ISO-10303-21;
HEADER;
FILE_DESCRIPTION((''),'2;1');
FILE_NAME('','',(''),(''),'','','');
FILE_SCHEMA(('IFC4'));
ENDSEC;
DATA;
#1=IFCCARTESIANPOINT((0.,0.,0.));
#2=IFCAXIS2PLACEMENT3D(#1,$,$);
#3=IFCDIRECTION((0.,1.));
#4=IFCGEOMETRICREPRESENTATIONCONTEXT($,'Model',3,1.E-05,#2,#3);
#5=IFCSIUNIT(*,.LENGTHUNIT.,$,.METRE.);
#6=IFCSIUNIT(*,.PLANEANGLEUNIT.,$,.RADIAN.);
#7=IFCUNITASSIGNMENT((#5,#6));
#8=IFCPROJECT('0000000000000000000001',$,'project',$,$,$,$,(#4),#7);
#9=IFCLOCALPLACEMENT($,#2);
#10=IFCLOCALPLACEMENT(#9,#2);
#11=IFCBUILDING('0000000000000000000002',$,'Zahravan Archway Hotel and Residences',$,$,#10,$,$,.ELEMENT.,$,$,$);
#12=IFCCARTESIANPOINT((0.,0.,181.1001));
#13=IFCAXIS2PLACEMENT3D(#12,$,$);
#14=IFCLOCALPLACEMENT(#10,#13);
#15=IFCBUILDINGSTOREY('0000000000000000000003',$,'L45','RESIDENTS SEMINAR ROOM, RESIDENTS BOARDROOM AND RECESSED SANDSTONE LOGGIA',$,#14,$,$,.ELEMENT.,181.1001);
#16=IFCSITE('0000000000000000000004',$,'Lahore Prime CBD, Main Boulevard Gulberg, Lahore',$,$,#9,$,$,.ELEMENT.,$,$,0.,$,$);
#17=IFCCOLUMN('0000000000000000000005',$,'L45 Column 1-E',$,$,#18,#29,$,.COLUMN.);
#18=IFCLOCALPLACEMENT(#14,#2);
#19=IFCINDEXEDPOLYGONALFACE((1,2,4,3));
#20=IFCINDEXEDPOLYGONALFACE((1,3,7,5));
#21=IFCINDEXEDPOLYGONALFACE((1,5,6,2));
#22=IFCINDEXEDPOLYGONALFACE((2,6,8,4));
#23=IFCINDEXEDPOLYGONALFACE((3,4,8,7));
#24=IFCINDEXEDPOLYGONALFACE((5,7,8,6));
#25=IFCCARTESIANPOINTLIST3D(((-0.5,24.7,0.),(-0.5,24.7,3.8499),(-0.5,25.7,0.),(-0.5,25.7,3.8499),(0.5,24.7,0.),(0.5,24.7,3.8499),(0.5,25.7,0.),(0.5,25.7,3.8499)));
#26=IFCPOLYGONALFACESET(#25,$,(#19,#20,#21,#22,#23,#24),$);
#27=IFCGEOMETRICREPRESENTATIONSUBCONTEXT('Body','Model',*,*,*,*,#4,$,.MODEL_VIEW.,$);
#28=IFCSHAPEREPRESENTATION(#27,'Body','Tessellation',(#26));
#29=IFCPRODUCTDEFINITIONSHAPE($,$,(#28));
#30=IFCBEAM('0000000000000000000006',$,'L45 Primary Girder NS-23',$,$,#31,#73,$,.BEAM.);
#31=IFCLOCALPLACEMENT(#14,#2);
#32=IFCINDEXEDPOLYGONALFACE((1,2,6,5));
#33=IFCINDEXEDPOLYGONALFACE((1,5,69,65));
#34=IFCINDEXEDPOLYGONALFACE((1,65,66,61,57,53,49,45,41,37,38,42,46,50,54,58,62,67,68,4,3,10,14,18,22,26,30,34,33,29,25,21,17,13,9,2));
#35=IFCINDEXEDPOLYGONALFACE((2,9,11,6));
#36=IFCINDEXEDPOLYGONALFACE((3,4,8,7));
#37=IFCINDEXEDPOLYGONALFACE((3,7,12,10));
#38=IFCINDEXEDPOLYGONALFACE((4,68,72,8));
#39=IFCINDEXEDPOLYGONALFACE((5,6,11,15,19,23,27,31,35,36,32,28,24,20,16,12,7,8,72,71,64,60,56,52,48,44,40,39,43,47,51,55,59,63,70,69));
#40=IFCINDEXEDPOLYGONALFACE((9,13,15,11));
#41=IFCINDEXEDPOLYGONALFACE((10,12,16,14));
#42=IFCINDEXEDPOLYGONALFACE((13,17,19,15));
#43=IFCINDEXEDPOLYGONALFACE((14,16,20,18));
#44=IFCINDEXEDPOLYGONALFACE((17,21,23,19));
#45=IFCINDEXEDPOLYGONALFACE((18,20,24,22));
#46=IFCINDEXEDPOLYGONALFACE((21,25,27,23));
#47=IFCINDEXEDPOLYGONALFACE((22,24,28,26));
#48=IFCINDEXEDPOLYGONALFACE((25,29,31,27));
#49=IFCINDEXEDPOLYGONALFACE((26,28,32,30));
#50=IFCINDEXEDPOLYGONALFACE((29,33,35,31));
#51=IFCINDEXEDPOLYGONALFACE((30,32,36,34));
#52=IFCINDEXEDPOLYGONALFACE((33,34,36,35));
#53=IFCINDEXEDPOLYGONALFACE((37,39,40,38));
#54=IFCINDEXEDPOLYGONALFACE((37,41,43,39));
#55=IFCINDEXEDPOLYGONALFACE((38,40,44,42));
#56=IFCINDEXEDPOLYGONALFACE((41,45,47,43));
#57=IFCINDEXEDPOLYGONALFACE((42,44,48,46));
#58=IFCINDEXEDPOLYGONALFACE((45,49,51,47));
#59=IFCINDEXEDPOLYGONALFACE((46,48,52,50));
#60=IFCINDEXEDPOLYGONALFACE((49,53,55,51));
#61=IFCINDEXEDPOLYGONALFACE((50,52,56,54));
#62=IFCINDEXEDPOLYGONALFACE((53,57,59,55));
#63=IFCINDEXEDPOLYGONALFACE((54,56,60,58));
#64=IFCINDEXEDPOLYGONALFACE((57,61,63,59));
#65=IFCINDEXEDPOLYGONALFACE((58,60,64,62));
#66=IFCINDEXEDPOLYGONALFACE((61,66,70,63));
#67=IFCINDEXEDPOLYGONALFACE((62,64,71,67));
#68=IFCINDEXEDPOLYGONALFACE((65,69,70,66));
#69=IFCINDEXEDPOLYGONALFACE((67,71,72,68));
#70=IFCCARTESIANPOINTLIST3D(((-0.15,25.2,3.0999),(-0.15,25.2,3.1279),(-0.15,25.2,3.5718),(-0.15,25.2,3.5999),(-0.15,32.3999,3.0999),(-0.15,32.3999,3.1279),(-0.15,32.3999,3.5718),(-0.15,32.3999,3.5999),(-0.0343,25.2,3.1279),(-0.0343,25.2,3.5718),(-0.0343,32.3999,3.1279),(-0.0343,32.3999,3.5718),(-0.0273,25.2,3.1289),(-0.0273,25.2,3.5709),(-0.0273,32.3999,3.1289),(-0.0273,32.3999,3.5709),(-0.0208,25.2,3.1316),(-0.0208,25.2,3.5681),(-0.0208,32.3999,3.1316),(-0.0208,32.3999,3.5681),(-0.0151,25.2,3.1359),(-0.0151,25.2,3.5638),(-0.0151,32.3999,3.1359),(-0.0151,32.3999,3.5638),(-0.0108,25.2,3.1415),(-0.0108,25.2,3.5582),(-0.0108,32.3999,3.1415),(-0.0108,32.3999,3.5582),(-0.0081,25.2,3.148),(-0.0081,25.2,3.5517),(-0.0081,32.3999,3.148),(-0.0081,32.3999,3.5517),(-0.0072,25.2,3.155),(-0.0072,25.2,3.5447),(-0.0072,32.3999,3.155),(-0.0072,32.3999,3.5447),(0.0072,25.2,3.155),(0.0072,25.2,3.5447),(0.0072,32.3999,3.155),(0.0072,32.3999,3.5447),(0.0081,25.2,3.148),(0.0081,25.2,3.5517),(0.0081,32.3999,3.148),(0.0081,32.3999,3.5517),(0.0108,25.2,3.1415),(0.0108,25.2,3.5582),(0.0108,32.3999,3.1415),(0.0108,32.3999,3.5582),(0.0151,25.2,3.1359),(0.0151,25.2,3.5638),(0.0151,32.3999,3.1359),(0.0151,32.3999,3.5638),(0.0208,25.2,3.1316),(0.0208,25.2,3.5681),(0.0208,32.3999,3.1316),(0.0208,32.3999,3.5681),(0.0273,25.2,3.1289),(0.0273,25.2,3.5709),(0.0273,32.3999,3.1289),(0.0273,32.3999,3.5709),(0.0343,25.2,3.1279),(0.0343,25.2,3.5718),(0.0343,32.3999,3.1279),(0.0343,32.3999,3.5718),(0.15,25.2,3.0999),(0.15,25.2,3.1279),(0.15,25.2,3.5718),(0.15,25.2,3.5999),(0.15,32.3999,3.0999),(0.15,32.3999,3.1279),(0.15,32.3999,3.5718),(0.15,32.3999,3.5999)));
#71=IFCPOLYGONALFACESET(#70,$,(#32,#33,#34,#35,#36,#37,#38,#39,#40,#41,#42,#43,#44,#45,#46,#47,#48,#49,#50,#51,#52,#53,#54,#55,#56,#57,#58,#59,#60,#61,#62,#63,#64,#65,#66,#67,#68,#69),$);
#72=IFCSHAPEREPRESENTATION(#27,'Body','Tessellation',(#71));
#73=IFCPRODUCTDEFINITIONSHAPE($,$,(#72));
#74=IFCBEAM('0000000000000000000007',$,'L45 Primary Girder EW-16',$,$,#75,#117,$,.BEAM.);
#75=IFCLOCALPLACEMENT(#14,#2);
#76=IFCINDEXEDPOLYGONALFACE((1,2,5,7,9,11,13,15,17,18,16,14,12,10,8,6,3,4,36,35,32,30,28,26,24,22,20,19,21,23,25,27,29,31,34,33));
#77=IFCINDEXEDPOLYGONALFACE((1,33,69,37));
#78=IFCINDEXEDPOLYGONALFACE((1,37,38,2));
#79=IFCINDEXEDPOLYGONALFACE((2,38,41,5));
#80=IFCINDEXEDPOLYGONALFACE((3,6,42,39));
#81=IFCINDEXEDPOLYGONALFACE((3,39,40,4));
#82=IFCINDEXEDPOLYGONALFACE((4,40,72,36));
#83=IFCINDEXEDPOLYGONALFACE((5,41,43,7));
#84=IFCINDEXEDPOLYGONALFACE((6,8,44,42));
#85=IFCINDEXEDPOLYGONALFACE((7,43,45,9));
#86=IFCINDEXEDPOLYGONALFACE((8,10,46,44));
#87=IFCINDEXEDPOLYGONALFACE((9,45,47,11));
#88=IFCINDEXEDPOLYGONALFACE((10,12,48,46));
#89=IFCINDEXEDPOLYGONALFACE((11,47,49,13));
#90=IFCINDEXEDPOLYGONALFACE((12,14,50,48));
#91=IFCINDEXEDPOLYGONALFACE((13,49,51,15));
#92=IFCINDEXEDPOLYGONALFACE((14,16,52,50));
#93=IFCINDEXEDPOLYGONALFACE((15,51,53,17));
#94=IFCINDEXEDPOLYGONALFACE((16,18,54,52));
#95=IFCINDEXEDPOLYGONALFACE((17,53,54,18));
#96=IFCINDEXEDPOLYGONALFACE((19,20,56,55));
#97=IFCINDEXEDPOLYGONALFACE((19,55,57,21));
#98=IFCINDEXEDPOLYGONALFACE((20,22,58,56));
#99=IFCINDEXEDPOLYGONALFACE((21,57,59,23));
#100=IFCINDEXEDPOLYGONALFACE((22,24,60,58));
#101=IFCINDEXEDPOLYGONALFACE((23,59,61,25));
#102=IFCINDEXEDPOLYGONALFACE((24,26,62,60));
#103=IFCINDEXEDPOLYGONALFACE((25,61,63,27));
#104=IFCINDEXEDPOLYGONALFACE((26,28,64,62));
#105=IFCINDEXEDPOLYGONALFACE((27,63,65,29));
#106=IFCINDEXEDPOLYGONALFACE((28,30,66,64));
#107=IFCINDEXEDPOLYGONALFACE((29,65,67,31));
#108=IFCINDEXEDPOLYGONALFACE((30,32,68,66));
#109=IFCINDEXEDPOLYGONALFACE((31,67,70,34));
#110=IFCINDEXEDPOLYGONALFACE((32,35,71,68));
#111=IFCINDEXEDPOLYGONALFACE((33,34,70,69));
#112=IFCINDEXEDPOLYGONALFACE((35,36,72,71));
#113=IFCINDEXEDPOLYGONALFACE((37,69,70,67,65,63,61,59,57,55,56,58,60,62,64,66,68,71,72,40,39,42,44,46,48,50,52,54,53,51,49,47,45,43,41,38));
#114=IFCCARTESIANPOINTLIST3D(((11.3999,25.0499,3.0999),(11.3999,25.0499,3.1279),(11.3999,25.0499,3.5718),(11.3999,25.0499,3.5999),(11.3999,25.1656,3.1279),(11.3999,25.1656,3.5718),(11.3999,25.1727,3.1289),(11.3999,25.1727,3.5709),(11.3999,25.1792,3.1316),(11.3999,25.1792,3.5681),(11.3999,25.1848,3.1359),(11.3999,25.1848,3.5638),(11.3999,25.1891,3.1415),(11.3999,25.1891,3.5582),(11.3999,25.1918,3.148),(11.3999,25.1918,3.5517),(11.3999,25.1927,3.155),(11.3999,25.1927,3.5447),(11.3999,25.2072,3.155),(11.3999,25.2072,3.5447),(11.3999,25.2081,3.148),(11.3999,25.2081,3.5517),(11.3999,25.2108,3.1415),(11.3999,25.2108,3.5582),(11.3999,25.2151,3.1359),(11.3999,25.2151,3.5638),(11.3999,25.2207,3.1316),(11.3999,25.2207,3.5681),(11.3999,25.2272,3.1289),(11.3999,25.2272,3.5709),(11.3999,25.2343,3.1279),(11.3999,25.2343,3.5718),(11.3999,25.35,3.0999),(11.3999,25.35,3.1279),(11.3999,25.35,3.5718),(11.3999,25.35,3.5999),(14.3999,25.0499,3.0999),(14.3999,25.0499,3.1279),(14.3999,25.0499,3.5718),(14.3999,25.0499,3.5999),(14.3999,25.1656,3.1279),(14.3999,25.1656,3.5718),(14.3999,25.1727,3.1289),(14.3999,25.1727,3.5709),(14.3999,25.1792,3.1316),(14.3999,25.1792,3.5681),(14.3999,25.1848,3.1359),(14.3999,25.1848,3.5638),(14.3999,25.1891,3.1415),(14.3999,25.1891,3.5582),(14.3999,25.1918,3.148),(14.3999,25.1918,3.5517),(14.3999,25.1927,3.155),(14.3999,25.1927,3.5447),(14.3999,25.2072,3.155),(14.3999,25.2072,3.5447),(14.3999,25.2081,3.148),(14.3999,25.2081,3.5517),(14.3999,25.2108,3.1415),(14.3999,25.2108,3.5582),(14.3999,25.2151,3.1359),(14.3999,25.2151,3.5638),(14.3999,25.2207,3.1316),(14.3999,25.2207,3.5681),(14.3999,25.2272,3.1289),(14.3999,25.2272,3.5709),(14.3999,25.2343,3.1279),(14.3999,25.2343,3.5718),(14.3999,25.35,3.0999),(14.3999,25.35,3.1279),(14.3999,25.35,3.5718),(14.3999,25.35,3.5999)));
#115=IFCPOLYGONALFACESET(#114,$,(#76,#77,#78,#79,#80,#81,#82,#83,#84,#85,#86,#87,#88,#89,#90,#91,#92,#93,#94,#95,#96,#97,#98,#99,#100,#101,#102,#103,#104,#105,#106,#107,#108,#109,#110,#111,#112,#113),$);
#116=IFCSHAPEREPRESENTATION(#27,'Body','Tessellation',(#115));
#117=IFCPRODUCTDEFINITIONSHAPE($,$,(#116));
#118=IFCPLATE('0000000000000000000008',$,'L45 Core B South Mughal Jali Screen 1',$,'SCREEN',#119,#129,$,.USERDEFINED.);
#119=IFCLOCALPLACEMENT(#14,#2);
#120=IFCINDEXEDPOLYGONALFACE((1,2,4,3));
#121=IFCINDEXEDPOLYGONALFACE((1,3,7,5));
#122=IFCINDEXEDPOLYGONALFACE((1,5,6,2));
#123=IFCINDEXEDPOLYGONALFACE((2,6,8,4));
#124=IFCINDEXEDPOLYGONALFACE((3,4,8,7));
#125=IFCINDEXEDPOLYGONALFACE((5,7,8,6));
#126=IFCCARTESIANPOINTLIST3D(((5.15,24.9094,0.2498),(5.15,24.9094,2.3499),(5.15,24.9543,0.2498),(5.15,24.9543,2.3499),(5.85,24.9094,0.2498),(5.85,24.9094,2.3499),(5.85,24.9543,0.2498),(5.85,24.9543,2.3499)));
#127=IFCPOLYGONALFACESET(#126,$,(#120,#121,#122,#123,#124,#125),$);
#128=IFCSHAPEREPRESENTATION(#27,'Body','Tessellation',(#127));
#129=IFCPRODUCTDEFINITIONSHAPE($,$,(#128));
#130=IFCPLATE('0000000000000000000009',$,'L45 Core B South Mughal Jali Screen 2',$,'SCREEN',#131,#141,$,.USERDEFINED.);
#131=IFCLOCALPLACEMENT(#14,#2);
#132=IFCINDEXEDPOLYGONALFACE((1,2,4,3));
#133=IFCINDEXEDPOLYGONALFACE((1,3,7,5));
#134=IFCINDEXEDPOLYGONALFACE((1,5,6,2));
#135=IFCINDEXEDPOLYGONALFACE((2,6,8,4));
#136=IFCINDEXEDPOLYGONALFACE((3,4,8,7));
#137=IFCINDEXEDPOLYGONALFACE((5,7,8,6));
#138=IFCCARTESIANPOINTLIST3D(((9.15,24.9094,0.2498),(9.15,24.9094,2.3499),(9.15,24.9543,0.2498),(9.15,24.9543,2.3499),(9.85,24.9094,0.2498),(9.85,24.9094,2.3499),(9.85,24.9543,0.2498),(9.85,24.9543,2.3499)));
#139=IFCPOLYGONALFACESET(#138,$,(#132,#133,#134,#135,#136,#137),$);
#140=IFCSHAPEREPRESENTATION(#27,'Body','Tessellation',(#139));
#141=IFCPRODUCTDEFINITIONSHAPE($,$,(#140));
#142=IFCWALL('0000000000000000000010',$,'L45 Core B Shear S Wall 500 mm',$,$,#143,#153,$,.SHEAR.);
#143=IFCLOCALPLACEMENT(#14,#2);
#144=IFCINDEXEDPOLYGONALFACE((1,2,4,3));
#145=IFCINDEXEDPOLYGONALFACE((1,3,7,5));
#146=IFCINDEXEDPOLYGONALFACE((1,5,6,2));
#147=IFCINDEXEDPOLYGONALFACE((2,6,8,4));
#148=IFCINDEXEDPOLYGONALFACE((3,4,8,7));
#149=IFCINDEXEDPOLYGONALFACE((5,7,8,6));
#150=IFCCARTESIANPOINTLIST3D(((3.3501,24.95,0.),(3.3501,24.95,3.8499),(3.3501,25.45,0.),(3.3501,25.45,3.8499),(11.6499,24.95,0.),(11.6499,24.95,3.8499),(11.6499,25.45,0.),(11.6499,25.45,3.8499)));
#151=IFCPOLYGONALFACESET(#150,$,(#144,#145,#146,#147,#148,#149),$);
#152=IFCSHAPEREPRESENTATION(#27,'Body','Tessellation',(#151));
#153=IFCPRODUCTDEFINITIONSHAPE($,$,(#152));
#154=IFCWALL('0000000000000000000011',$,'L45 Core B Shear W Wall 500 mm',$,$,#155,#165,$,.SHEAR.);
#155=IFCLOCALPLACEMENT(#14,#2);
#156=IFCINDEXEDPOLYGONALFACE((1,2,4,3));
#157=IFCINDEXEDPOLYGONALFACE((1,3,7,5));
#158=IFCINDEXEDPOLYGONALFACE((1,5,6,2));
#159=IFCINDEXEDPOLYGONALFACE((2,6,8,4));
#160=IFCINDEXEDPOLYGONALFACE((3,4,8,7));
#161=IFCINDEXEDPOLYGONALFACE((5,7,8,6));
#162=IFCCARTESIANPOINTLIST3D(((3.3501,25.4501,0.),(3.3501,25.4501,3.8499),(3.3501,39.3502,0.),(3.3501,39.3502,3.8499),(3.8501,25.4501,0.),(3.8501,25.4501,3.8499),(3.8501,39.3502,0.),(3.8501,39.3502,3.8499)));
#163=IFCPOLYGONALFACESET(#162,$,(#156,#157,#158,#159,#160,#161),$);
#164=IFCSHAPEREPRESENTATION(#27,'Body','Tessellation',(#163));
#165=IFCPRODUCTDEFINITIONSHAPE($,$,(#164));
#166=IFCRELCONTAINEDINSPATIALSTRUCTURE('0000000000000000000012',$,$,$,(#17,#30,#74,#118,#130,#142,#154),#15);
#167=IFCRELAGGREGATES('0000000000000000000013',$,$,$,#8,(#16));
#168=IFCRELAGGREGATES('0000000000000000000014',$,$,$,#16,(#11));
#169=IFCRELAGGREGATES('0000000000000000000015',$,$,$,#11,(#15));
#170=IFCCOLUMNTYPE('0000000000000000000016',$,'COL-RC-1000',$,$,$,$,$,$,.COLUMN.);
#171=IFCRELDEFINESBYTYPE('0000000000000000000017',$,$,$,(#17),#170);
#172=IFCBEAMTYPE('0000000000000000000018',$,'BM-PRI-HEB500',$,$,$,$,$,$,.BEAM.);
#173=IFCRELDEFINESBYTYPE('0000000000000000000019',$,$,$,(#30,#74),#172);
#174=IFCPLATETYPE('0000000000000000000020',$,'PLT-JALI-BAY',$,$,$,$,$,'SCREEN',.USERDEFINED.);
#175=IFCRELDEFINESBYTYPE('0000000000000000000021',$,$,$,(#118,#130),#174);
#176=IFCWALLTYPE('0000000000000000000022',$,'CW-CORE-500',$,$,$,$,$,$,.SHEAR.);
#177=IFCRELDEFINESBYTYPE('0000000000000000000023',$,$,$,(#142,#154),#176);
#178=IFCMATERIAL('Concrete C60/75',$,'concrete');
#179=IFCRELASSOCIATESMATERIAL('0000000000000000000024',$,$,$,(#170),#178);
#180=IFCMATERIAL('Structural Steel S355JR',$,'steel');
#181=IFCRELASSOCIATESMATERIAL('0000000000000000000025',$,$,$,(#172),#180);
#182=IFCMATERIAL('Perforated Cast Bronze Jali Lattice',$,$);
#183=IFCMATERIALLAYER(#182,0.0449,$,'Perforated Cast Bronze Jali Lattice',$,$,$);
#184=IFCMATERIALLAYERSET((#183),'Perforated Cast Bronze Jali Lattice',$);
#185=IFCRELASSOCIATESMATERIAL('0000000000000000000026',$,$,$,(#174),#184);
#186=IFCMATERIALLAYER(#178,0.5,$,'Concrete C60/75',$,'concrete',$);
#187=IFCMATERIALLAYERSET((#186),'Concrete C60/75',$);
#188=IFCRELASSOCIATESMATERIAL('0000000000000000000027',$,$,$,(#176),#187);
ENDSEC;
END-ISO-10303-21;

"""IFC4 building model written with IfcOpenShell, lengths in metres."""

from ifc_helpers import new_model, si_unit, direction, frame, frame_2d, origin, origin_2d, place, context, subcontext, project, spatial, rectangle, i_section, extrude, source, transform, mapped, material, layer, layer_set, material_profile, profile_set, type_object, type_shapes, element, save


model = new_model("IFC4")

# Units and contexts
model_context = context("Model", 3, precision=1e-05, world=origin(), true_north=direction((0.0, 1.0)))
body_context = subcontext(model_context, "Body", "Model", "MODEL_VIEW")
ifc_project = project(units=[si_unit("LENGTHUNIT", "METRE"), si_unit("PLANEANGLEUNIT", "RADIAN")], contexts=[model_context])

# Site, building, storey
site_placement = place(None, origin())
site = spatial("IfcSite", under=ifc_project, at=site_placement, Name="Lahore Prime CBD, Main Boulevard Gulberg, Lahore", CompositionType="ELEMENT", RefElevation=0.0)
building_placement = place(site_placement, origin())
building = spatial("IfcBuilding", under=site, at=building_placement, Name="Zahravan Archway Hotel and Residences", CompositionType="ELEMENT")
storey_placement = place(building_placement, frame((0.0, 0.0, 181.1001)))
storey = spatial("IfcBuildingStorey", under=building, at=storey_placement, Name="L45", Description="RESIDENTS SEMINAR ROOM, RESIDENTS BOARDROOM AND RECESSED SANDSTONE LOGGIA", CompositionType="ELEMENT", Elevation=181.1001)

# Column
ifc_material_1 = material(Name="Concrete C60/75", Category="concrete")
ifc_material_profile_1 = material_profile(ifc_material_1, rectangle(XDim=1.0, YDim=1.0, at=origin_2d()), Name="RC-COL-1000x1000", Category="concrete")
ifc_profile_set_1 = profile_set([ifc_material_profile_1], Name="Concrete C60/75")
column_type = type_object("IfcColumnType", Name="COL-RC-1000", PredefinedType="COLUMN", material=ifc_profile_set_1)
shared_shape_1 = source(origin(), body_context, "Body", "SweptSolid", [
    extrude(rectangle(XDim=1.0, YDim=1.0, at=origin_2d()), origin(), (0.0, 0.0, 1.0), 3.8499),
])
column_placement = place(storey_placement, frame((0.0, 25.2, 0.0), z_axis=(0.0, 0.0, 1.0), x_axis=(1.0, 0.0, 0.0)))
element("IfcColumn", 1, at=column_placement, inside=storey, type_object=column_type, Name="L45 Column 1-E", PredefinedType="COLUMN", context=body_context, shape_type="MappedRepresentation", body=[
    mapped(shared_shape_1, transform((0.0, 0.0, 0.0), scale=1.0)),
])

# Beams
ifc_material_2 = material(Name="Structural Steel S355JR", Category="steel")
ifc_material_profile_2 = material_profile(ifc_material_2, i_section(OverallWidth=0.3, OverallDepth=0.5, WebThickness=0.0144, FlangeThickness=0.0281, FilletRadius=0.0271, at=origin_2d()), Name="HEB 500", Category="steel")
ifc_profile_set_2 = profile_set([ifc_material_profile_2], Name="Structural Steel S355JR")
beam_type = type_object("IfcBeamType", Name="BM-PRI-HEB500", PredefinedType="BEAM", material=ifc_profile_set_2)
shared_shape_2 = source(origin(), body_context, "Body", "SweptSolid", [
    extrude(i_section(OverallWidth=0.3, OverallDepth=0.5, WebThickness=0.0144, FlangeThickness=0.0281, FilletRadius=0.0271, at=origin_2d()), origin(), (0.0, 0.0, 1.0), 7.2),
])
beam_1_placement = place(storey_placement, frame((0.0, 25.2, 3.3499), z_axis=(0.0, 1.0, 0.0), x_axis=(-1.0, 0.0, 0.0)))
element("IfcBeam", 2, at=beam_1_placement, inside=storey, type_object=beam_type, Name="L45 Primary Girder NS-23", PredefinedType="BEAM", context=body_context, shape_type="MappedRepresentation", body=[
    mapped(shared_shape_2, transform((0.0, 0.0, 0.0), scale=1.0)),
])
shared_shape_3 = source(origin(), body_context, "Body", "SweptSolid", [
    extrude(i_section(OverallWidth=0.3, OverallDepth=0.5, WebThickness=0.0144, FlangeThickness=0.0281, FilletRadius=0.0271, at=origin_2d()), origin(), (0.0, 0.0, 1.0), 3.0),
])
beam_2_placement = place(storey_placement, frame((11.3999, 25.2, 3.3499), z_axis=(1.0, 0.0, 0.0), x_axis=(0.0, 1.0, 0.0)))
element("IfcBeam", 3, at=beam_2_placement, inside=storey, type_object=beam_type, Name="L45 Primary Girder EW-16", PredefinedType="BEAM", context=body_context, shape_type="MappedRepresentation", body=[
    mapped(shared_shape_3, transform((0.0, 0.0, 0.0), scale=1.0)),
])

# Plates
ifc_material_3 = material(Name="Perforated Cast Bronze Jali Lattice")
ifc_layer_1 = layer(ifc_material_3, 0.0449, Name="Perforated Cast Bronze Jali Lattice")
ifc_layer_set_1 = layer_set([ifc_layer_1], Name="Perforated Cast Bronze Jali Lattice")
plate_type = type_object("IfcPlateType", Name="PLT-JALI-BAY", ElementType="SCREEN", PredefinedType="USERDEFINED", material=ifc_layer_set_1)
shared_shape_4 = source(origin(), body_context, "Body", "SweptSolid", [
    extrude(rectangle(XDim=0.7, YDim=0.0449, at=origin_2d()), origin(), (0.0, 0.0, 1.0), 2.1001),
])
type_shapes(plate_type, [shared_shape_4])
for number, where, z_axis, x_axis, name in (
    (4, (5.5, 24.9319, 0.2498), (0.0, 0.0, 1.0), (1.0, 0.0, 0.0), "L45 Core B South Mughal Jali Screen 1"),
    (5, (9.5, 24.9319, 0.2498), (0.0, 0.0, 1.0), (1.0, 0.0, 0.0), "L45 Core B South Mughal Jali Screen 2"),
):
    element("IfcPlate", number, at=place(storey_placement, frame(where, z_axis=z_axis, x_axis=x_axis)), inside=storey, type_object=plate_type, Name=name, ObjectType="SCREEN", PredefinedType="USERDEFINED", context=body_context, shape_type="MappedRepresentation", body=[
        mapped(shared_shape_4, transform((0.0, 0.0, 0.0), scale=1.0)),
    ])

# Walls
ifc_layer_2 = layer(ifc_material_1, 0.5, Name="Concrete C60/75", Category="concrete")
ifc_layer_set_2 = layer_set([ifc_layer_2], Name="Concrete C60/75")
wall_type_1 = type_object("IfcWallType", Name="CW-CORE-500", PredefinedType="SHEAR", material=ifc_layer_set_2)
wall_1_placement = place(storey_placement, frame((3.3501, 25.2, 0.0), z_axis=(0.0, 0.0, 1.0), x_axis=(1.0, 0.0, 0.0)))
element("IfcWall", 6, at=wall_1_placement, inside=storey, type_object=wall_type_1, Name="L45 Core B Shear S Wall 500 mm", PredefinedType="SHEAR", context=body_context, shape_type="SweptSolid", body=[
    extrude(rectangle(XDim=8.2998, YDim=0.5, at=frame_2d((4.1499, 0.0))), origin(), (0.0, 0.0, 1.0), 3.8499),
])
wall_2_placement = place(storey_placement, frame((3.6001, 25.45, 0.0), z_axis=(0.0, 0.0, 1.0), x_axis=(0.0, 1.0, 0.0)))
element("IfcWall", 7, at=wall_2_placement, inside=storey, type_object=wall_type_1, Name="L45 Core B Shear W Wall 500 mm", PredefinedType="SHEAR", context=body_context, shape_type="SweptSolid", body=[
    extrude(rectangle(XDim=13.9001, YDim=0.5, at=frame_2d((6.9502, 0.0))), origin(), (0.0, 0.0, 1.0), 3.8499),
])

save(model, "model.ifc")
